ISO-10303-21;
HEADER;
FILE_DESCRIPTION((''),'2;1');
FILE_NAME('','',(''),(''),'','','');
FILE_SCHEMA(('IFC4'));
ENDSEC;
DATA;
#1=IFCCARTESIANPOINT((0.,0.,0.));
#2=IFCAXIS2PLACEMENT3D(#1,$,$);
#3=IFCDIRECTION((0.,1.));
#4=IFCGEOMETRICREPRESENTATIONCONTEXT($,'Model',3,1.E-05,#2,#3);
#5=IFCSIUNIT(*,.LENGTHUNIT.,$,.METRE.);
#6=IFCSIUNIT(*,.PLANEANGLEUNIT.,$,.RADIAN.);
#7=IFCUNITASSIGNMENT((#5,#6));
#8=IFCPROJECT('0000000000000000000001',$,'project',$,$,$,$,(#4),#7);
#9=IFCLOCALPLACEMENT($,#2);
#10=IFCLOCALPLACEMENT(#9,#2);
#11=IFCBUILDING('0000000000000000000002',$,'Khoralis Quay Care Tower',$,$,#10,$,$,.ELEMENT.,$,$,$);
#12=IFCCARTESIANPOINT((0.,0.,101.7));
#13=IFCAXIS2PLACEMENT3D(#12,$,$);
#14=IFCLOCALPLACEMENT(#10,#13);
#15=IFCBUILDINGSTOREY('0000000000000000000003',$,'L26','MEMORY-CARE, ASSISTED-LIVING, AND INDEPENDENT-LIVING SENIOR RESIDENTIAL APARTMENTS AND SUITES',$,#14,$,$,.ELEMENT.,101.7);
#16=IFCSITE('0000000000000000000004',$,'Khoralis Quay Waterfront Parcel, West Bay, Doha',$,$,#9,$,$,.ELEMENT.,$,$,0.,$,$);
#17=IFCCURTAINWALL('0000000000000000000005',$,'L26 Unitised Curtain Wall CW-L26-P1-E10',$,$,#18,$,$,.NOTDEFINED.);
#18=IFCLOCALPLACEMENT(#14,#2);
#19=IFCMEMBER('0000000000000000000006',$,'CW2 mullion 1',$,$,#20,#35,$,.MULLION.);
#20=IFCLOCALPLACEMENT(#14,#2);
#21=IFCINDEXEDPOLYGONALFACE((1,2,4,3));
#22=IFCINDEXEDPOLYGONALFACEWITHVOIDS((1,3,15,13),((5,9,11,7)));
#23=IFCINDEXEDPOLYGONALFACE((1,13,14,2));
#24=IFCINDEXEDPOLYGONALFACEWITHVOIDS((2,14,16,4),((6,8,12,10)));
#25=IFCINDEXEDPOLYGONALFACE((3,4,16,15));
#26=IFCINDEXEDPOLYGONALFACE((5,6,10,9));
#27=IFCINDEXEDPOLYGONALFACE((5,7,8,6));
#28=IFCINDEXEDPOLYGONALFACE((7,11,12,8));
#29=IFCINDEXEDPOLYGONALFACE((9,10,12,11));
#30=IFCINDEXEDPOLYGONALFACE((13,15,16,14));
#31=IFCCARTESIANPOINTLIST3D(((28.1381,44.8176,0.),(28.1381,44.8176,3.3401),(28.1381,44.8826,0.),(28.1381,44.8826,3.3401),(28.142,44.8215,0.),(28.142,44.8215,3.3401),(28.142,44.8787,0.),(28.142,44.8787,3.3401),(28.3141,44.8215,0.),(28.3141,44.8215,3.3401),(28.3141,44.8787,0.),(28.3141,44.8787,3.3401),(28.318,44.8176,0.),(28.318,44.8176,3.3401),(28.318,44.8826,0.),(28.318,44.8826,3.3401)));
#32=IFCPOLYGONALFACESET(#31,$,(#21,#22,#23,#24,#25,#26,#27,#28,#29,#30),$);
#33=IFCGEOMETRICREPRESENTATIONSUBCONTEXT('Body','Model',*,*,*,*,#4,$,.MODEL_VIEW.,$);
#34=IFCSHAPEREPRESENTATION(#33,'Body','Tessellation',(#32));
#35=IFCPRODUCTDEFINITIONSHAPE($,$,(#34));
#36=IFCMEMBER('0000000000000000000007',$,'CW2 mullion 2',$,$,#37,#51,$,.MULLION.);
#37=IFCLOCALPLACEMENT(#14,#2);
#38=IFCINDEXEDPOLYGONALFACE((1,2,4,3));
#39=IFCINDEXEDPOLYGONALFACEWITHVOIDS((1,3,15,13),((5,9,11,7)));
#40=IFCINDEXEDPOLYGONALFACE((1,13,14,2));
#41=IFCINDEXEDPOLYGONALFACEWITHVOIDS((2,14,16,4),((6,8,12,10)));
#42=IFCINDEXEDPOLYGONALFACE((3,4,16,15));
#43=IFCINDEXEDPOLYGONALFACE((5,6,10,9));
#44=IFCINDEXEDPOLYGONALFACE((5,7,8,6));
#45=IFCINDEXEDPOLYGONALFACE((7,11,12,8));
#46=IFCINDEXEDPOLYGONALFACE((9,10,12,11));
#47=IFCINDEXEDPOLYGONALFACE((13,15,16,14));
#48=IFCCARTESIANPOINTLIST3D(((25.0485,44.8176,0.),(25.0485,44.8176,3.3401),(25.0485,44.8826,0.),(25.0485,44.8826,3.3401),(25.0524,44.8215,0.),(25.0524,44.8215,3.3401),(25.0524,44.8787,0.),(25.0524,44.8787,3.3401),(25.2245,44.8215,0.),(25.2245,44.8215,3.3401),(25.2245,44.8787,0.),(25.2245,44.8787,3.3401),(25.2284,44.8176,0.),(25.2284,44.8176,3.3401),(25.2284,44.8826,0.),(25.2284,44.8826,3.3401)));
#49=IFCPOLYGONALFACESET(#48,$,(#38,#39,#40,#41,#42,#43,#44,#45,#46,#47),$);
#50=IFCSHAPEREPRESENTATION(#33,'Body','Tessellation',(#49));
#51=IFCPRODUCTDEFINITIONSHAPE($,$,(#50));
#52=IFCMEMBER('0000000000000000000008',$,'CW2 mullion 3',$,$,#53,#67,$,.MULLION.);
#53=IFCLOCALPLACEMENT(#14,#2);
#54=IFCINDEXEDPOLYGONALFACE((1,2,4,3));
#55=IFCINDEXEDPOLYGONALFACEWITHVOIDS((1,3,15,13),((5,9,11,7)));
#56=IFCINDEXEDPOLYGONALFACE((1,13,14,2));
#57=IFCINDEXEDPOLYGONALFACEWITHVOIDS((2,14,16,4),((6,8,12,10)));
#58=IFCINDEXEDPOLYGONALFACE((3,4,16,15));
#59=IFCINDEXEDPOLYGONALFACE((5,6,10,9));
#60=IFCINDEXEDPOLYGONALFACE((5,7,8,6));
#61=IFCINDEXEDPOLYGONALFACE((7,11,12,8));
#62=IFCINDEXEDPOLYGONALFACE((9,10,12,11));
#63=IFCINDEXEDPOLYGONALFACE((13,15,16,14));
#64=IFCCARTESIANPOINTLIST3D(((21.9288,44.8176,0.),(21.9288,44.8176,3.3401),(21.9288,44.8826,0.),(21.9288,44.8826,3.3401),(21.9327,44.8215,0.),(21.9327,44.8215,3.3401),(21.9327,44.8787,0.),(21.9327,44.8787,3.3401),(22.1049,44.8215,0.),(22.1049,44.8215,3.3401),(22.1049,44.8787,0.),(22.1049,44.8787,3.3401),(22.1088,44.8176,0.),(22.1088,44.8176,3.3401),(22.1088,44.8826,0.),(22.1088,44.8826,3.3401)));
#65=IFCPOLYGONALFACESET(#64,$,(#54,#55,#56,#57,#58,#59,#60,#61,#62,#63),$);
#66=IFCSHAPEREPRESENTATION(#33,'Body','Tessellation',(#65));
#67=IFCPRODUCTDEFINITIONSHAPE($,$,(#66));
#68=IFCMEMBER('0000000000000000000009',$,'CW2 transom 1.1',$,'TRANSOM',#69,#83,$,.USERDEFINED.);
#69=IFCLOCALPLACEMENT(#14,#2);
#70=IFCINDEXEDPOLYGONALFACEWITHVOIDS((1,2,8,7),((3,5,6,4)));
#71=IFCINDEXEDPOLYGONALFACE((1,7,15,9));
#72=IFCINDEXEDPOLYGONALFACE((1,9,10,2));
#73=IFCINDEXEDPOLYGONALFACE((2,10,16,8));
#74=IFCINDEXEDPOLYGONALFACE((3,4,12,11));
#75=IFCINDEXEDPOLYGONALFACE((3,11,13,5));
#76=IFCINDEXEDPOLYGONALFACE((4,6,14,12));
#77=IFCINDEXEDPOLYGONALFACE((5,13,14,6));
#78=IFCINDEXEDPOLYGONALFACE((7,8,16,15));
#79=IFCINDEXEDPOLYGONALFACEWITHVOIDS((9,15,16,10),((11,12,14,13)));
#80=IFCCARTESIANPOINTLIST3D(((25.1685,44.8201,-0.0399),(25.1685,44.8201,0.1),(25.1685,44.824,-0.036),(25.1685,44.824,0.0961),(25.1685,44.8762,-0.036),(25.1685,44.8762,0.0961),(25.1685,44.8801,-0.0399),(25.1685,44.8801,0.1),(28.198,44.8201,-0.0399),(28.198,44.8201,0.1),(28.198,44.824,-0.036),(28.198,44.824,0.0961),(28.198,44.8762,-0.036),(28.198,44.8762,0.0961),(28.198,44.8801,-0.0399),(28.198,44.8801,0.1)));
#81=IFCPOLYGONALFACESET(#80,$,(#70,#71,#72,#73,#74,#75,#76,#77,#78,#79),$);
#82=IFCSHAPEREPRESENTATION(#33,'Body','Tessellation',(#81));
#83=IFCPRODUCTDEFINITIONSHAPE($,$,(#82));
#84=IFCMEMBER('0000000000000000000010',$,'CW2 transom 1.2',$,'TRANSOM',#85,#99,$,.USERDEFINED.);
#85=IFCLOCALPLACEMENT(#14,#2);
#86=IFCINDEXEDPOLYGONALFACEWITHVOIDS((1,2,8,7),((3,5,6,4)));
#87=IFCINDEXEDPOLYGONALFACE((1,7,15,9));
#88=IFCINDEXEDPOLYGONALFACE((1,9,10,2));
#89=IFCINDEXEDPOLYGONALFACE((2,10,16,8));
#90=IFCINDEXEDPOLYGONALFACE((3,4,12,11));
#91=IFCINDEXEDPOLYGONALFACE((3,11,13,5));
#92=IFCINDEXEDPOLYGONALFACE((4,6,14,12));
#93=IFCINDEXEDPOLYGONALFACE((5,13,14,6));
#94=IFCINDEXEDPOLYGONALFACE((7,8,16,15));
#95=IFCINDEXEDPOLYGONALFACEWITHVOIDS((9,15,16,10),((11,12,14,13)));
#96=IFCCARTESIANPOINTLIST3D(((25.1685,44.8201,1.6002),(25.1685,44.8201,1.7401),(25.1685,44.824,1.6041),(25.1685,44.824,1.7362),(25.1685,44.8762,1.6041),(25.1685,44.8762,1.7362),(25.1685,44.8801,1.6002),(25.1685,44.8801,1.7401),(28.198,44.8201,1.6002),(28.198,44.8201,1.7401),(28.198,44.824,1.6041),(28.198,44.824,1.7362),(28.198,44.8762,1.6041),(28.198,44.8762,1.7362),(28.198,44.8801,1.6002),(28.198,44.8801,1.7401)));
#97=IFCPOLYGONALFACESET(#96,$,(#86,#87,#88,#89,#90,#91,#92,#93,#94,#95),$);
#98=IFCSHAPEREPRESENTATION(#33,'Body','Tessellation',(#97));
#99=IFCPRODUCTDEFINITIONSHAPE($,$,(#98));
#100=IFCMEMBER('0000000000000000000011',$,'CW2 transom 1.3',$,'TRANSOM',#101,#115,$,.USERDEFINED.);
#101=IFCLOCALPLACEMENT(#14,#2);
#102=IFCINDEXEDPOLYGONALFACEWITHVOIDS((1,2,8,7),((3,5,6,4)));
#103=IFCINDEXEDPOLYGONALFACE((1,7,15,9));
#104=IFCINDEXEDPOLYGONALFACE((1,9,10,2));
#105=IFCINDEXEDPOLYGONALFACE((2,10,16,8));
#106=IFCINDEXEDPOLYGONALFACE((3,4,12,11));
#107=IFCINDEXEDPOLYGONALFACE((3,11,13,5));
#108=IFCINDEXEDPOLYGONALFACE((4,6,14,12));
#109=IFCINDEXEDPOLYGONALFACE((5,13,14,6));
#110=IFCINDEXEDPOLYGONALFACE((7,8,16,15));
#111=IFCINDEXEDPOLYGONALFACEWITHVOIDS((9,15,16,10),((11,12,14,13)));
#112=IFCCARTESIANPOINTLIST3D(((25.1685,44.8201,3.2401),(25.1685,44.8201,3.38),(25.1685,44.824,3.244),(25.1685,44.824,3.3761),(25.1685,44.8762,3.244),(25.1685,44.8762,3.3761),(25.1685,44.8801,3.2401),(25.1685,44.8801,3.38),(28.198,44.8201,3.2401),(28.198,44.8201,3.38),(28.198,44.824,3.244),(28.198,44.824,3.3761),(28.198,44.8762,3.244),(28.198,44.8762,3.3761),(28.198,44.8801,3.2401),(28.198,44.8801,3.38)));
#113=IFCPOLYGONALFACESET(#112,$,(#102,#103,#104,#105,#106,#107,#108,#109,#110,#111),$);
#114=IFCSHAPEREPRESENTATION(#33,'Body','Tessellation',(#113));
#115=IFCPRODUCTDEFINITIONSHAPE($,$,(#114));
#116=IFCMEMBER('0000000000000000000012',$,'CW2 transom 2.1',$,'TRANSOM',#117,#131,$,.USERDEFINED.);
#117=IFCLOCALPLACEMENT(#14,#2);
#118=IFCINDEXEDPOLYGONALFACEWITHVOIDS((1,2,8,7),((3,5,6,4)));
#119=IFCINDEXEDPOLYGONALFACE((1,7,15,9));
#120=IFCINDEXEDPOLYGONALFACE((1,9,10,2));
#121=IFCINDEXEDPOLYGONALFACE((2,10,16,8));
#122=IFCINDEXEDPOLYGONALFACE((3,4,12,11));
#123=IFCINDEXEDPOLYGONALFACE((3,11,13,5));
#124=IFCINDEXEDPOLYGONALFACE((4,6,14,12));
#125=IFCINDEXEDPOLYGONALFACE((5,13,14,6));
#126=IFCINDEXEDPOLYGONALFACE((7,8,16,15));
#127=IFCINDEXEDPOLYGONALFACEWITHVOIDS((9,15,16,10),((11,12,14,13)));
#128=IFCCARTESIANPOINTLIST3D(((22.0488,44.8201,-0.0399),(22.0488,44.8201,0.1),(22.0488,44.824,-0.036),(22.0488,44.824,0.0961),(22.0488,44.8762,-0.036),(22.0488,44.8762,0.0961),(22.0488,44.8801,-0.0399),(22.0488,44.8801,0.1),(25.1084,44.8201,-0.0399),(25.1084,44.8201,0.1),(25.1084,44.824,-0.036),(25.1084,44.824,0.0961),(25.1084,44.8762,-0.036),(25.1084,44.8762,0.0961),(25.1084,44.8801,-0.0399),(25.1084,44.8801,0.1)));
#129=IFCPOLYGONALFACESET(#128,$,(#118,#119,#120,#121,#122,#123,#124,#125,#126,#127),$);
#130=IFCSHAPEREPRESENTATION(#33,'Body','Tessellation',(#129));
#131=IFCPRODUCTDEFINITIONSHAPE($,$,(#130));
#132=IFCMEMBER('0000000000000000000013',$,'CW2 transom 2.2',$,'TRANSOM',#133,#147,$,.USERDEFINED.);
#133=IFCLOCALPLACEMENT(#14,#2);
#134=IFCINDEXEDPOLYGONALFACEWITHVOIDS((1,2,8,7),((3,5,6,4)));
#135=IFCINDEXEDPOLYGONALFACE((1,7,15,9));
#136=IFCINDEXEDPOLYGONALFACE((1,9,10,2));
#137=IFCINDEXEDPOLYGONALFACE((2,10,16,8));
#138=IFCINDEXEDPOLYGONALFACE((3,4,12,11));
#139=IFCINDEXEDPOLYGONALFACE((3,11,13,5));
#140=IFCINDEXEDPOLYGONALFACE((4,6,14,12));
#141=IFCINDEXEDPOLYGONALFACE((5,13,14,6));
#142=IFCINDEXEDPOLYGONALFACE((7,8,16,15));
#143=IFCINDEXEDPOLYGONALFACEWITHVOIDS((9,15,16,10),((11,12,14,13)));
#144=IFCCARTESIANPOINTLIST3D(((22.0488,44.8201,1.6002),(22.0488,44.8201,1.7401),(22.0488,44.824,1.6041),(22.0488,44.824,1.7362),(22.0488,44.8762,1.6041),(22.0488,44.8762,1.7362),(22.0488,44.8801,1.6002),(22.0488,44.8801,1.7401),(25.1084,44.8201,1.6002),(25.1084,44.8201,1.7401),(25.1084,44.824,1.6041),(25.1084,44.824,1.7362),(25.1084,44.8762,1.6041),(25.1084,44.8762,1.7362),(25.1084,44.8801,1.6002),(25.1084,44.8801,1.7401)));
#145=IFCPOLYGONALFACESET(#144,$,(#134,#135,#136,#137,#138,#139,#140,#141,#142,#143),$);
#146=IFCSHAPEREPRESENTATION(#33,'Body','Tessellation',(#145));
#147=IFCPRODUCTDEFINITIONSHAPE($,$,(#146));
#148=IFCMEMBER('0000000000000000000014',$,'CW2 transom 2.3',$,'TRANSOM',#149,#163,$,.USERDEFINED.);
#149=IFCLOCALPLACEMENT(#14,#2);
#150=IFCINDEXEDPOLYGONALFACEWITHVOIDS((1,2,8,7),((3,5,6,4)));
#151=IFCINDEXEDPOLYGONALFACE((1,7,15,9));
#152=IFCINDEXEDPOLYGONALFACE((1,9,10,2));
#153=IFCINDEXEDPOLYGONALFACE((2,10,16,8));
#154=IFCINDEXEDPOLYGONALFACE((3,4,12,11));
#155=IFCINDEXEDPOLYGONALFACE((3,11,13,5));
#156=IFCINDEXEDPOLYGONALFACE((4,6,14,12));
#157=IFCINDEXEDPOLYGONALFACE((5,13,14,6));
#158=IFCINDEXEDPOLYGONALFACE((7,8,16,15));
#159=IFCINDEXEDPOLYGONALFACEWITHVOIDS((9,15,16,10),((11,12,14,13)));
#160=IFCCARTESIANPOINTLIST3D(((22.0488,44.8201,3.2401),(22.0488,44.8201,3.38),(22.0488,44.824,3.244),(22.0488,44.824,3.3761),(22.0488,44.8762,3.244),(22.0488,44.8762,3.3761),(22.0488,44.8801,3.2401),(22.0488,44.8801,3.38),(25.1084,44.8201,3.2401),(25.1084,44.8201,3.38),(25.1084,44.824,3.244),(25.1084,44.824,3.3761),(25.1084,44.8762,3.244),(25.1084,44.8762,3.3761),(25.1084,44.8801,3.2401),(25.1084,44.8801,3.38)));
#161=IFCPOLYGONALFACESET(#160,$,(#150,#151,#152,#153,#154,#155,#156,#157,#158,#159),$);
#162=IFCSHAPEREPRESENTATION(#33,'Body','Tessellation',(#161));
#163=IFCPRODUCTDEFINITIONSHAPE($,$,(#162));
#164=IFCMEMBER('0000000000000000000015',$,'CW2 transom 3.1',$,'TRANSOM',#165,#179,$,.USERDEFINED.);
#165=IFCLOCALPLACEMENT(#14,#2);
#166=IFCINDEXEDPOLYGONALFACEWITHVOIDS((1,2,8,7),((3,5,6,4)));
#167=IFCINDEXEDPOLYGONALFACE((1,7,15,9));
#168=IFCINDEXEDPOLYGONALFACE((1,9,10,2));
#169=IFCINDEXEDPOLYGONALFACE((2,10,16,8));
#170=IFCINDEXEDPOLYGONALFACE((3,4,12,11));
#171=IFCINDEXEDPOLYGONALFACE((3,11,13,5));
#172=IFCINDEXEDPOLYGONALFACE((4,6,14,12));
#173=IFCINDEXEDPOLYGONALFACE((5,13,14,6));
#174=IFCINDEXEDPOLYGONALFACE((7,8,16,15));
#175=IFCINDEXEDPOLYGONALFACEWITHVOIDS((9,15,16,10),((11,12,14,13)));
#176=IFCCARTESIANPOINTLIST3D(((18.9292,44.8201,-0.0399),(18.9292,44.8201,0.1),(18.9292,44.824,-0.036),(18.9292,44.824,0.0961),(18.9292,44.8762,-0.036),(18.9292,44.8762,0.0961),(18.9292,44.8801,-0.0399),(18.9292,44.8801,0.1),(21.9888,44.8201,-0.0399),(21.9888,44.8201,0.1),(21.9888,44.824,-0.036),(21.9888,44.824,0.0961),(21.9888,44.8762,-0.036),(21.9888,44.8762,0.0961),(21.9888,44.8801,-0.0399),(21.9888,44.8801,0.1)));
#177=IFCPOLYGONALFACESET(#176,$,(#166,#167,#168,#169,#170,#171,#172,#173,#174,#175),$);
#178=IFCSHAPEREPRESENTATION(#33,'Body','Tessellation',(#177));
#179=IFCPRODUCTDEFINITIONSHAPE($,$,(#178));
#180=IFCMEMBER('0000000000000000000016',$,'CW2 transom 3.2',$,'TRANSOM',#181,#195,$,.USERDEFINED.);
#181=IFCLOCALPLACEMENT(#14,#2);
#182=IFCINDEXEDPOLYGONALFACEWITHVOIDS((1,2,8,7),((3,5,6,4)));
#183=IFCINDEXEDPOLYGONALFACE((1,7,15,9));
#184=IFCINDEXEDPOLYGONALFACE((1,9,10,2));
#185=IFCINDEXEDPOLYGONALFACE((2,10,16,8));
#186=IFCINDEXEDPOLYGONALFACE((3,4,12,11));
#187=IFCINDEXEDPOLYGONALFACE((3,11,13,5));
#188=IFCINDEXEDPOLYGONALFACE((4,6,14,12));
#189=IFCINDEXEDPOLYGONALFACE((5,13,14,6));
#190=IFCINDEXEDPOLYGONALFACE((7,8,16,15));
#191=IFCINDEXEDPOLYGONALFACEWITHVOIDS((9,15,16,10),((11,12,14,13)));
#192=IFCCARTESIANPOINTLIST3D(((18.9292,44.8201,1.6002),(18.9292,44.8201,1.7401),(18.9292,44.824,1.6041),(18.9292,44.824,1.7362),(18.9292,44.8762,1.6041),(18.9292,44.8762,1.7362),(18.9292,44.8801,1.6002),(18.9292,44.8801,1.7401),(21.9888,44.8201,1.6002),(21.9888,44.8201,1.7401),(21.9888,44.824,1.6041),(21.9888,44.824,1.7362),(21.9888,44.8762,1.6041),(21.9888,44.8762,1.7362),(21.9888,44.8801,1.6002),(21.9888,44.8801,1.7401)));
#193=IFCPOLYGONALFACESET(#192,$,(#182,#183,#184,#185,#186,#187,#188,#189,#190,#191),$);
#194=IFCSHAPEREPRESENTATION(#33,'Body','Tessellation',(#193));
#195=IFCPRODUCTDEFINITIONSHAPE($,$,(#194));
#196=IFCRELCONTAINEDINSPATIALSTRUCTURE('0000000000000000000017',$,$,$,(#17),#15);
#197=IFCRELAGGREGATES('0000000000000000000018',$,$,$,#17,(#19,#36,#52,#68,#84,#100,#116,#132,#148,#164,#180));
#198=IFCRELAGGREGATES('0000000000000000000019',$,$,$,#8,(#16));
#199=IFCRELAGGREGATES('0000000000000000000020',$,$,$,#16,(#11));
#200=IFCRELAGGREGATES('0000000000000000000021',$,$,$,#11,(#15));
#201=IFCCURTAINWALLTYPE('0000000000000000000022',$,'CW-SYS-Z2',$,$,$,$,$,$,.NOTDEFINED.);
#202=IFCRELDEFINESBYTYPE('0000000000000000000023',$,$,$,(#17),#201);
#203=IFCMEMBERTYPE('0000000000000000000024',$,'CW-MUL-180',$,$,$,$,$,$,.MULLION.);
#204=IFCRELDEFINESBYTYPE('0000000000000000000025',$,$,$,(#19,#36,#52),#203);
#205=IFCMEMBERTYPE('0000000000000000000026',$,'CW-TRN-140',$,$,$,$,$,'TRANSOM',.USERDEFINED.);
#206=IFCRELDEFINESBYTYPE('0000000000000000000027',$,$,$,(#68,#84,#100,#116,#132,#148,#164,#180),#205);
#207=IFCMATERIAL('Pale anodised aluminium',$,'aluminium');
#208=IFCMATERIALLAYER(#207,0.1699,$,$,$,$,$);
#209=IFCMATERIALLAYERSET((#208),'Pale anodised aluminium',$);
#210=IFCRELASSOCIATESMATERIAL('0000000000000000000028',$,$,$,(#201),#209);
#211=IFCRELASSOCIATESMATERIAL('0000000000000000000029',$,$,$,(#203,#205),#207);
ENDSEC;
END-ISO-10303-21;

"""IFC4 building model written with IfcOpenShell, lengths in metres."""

from ifc_helpers import new_model, si_unit, direction, frame, origin, origin_2d, place, context, subcontext, project, spatial, hollow_rectangle, extrude, source, transform, mapped, material, layer, layer_set, material_profile, profile_set, type_object, element, aggregate, save


model = new_model("IFC4")

# Units and contexts
model_context = context("Model", 3, precision=1e-05, world=origin(), true_north=direction((0.0, 1.0)))
body_context = subcontext(model_context, "Body", "Model", "MODEL_VIEW")
ifc_project = project(units=[si_unit("LENGTHUNIT", "METRE"), si_unit("PLANEANGLEUNIT", "RADIAN")], contexts=[model_context])

# Site, building, storey
site_placement = place(None, origin())
site = spatial("IfcSite", under=ifc_project, at=site_placement, Name="Khoralis Quay Waterfront Parcel, West Bay, Doha", CompositionType="ELEMENT", RefElevation=0.0)
building_placement = place(site_placement, origin())
building = spatial("IfcBuilding", under=site, at=building_placement, Name="Khoralis Quay Care Tower", CompositionType="ELEMENT")
storey_placement = place(building_placement, frame((0.0, 0.0, 101.7)))
storey = spatial("IfcBuildingStorey", under=building, at=storey_placement, Name="L26", Description="MEMORY-CARE, ASSISTED-LIVING, AND INDEPENDENT-LIVING SENIOR RESIDENTIAL APARTMENTS AND SUITES", CompositionType="ELEMENT", Elevation=101.7)

# Curtain wall, members
ifc_material_1 = material(Name="Pale anodised aluminium", Category="aluminium")
ifc_layer_1 = layer(ifc_material_1, 0.1699)
ifc_layer_set_1 = layer_set([ifc_layer_1], Name="Pale anodised aluminium")
curtain_wall_type = type_object("IfcCurtainWallType", Name="CW-SYS-Z2", PredefinedType="NOTDEFINED", material=ifc_layer_set_1)
curtain_wall_placement = place(storey_placement, origin())
curtain_wall = element("IfcCurtainWall", 1, at=curtain_wall_placement, inside=storey, type_object=curtain_wall_type, Name="L26 Unitised Curtain Wall CW-L26-P1-E10", PredefinedType="NOTDEFINED")
ifc_material_profile_1 = material_profile(ifc_material_1, hollow_rectangle(XDim=0.0649, YDim=0.1799, WallThickness=0.0039, at=origin_2d()), Name="Pale anodised aluminium")
ifc_profile_set_1 = profile_set([ifc_material_profile_1], Name="Pale anodised aluminium")
member_type_1 = type_object("IfcMemberType", Name="CW-MUL-180", PredefinedType="MULLION", material=ifc_profile_set_1)
shared_shape_1 = source(origin(), body_context, "Body", "SweptSolid", [
    extrude(hollow_rectangle(XDim=0.0649, YDim=0.1799, WallThickness=0.0039, at=origin_2d()), origin(), (0.0, 0.0, 1.0), 3.3401),
])
member_1_placement = place(storey_placement, frame((28.228, 44.8501, 0.0), z_axis=(0.0, 0.0, 1.0), x_axis=(0.0, -1.0, 0.0)))
member_1 = element("IfcMember", 2, at=member_1_placement, type_object=member_type_1, Name="CW2 mullion 1", PredefinedType="MULLION", context=body_context, shape_type="MappedRepresentation", body=[
    mapped(shared_shape_1, transform((0.0, 0.0, 0.0), scale=1.0)),
])
member_2_placement = place(storey_placement, frame((25.1384, 44.8501, 0.0), z_axis=(0.0, 0.0, 1.0), x_axis=(0.0, -1.0, 0.0)))
member_2 = element("IfcMember", 3, at=member_2_placement, type_object=member_type_1, Name="CW2 mullion 2", PredefinedType="MULLION", context=body_context, shape_type="MappedRepresentation", body=[
    mapped(shared_shape_1, transform((0.0, 0.0, 0.0), scale=1.0)),
])
member_3_placement = place(storey_placement, frame((22.0188, 44.8501, 0.0), z_axis=(0.0, 0.0, 1.0), x_axis=(0.0, -1.0, 0.0)))
member_3 = element("IfcMember", 4, at=member_3_placement, type_object=member_type_1, Name="CW2 mullion 3", PredefinedType="MULLION", context=body_context, shape_type="MappedRepresentation", body=[
    mapped(shared_shape_1, transform((0.0, 0.0, 0.0), scale=1.0)),
])
ifc_material_profile_2 = material_profile(ifc_material_1, hollow_rectangle(XDim=0.0601, YDim=0.1399, WallThickness=0.0039, at=origin_2d()), Name="Pale anodised aluminium")
ifc_profile_set_2 = profile_set([ifc_material_profile_2], Name="Pale anodised aluminium")
member_type_2 = type_object("IfcMemberType", Name="CW-TRN-140", ElementType="TRANSOM", PredefinedType="USERDEFINED", material=ifc_profile_set_2)
shared_shape_2 = source(origin(), body_context, "Body", "SweptSolid", [
    extrude(hollow_rectangle(XDim=0.0601, YDim=0.1399, WallThickness=0.0039, at=origin_2d()), origin(), (0.0, 0.0, 1.0), 3.0295),
])
member_4_placement = place(storey_placement, frame((28.198, 44.8501, 0.03), z_axis=(-1.0, 0.0, 0.0), x_axis=(0.0, -1.0, 0.0)))
member_4 = element("IfcMember", 5, at=member_4_placement, type_object=member_type_2, Name="CW2 transom 1.1", ObjectType="TRANSOM", PredefinedType="USERDEFINED", context=body_context, shape_type="MappedRepresentation", body=[
    mapped(shared_shape_2, transform((0.0, 0.0, 0.0), scale=1.0)),
])
member_5_placement = place(storey_placement, frame((28.198, 44.8501, 1.6702), z_axis=(-1.0, 0.0, 0.0), x_axis=(0.0, -1.0, 0.0)))
member_5 = element("IfcMember", 6, at=member_5_placement, type_object=member_type_2, Name="CW2 transom 1.2", ObjectType="TRANSOM", PredefinedType="USERDEFINED", context=body_context, shape_type="MappedRepresentation", body=[
    mapped(shared_shape_2, transform((0.0, 0.0, 0.0), scale=1.0)),
])
member_6_placement = place(storey_placement, frame((28.198, 44.8501, 3.3101), z_axis=(-1.0, 0.0, 0.0), x_axis=(0.0, -1.0, 0.0)))
member_6 = element("IfcMember", 7, at=member_6_placement, type_object=member_type_2, Name="CW2 transom 1.3", ObjectType="TRANSOM", PredefinedType="USERDEFINED", context=body_context, shape_type="MappedRepresentation", body=[
    mapped(shared_shape_2, transform((0.0, 0.0, 0.0), scale=1.0)),
])
shared_shape_3 = source(origin(), body_context, "Body", "SweptSolid", [
    extrude(hollow_rectangle(XDim=0.0601, YDim=0.1399, WallThickness=0.0039, at=origin_2d()), origin(), (0.0, 0.0, 1.0), 3.0596),
])
member_7_placement = place(storey_placement, frame((25.1084, 44.8501, 0.03), z_axis=(-1.0, 0.0, 0.0), x_axis=(0.0, -1.0, 0.0)))
member_7 = element("IfcMember", 8, at=member_7_placement, type_object=member_type_2, Name="CW2 transom 2.1", ObjectType="TRANSOM", PredefinedType="USERDEFINED", context=body_context, shape_type="MappedRepresentation", body=[
    mapped(shared_shape_3, transform((0.0, 0.0, 0.0), scale=1.0)),
])
member_8_placement = place(storey_placement, frame((25.1084, 44.8501, 1.6702), z_axis=(-1.0, 0.0, 0.0), x_axis=(0.0, -1.0, 0.0)))
member_8 = element("IfcMember", 9, at=member_8_placement, type_object=member_type_2, Name="CW2 transom 2.2", ObjectType="TRANSOM", PredefinedType="USERDEFINED", context=body_context, shape_type="MappedRepresentation", body=[
    mapped(shared_shape_3, transform((0.0, 0.0, 0.0), scale=1.0)),
])
member_9_placement = place(storey_placement, frame((25.1084, 44.8501, 3.3101), z_axis=(-1.0, 0.0, 0.0), x_axis=(0.0, -1.0, 0.0)))
member_9 = element("IfcMember", 10, at=member_9_placement, type_object=member_type_2, Name="CW2 transom 2.3", ObjectType="TRANSOM", PredefinedType="USERDEFINED", context=body_context, shape_type="MappedRepresentation", body=[
    mapped(shared_shape_3, transform((0.0, 0.0, 0.0), scale=1.0)),
])
member_10_placement = place(storey_placement, frame((21.9888, 44.8501, 0.03), z_axis=(-1.0, 0.0, 0.0), x_axis=(0.0, -1.0, 0.0)))
member_10 = element("IfcMember", 11, at=member_10_placement, type_object=member_type_2, Name="CW2 transom 3.1", ObjectType="TRANSOM", PredefinedType="USERDEFINED", context=body_context, shape_type="MappedRepresentation", body=[
    mapped(shared_shape_3, transform((0.0, 0.0, 0.0), scale=1.0)),
])
member_11_placement = place(storey_placement, frame((21.9888, 44.8501, 1.6702), z_axis=(-1.0, 0.0, 0.0), x_axis=(0.0, -1.0, 0.0)))
member_11 = element("IfcMember", 12, at=member_11_placement, type_object=member_type_2, Name="CW2 transom 3.2", ObjectType="TRANSOM", PredefinedType="USERDEFINED", context=body_context, shape_type="MappedRepresentation", body=[
    mapped(shared_shape_3, transform((0.0, 0.0, 0.0), scale=1.0)),
])
aggregate(curtain_wall, [member_1, member_2, member_3, member_4, member_5, member_6, member_7, member_8, member_9, member_10, member_11])

save(model, "model.ifc")
